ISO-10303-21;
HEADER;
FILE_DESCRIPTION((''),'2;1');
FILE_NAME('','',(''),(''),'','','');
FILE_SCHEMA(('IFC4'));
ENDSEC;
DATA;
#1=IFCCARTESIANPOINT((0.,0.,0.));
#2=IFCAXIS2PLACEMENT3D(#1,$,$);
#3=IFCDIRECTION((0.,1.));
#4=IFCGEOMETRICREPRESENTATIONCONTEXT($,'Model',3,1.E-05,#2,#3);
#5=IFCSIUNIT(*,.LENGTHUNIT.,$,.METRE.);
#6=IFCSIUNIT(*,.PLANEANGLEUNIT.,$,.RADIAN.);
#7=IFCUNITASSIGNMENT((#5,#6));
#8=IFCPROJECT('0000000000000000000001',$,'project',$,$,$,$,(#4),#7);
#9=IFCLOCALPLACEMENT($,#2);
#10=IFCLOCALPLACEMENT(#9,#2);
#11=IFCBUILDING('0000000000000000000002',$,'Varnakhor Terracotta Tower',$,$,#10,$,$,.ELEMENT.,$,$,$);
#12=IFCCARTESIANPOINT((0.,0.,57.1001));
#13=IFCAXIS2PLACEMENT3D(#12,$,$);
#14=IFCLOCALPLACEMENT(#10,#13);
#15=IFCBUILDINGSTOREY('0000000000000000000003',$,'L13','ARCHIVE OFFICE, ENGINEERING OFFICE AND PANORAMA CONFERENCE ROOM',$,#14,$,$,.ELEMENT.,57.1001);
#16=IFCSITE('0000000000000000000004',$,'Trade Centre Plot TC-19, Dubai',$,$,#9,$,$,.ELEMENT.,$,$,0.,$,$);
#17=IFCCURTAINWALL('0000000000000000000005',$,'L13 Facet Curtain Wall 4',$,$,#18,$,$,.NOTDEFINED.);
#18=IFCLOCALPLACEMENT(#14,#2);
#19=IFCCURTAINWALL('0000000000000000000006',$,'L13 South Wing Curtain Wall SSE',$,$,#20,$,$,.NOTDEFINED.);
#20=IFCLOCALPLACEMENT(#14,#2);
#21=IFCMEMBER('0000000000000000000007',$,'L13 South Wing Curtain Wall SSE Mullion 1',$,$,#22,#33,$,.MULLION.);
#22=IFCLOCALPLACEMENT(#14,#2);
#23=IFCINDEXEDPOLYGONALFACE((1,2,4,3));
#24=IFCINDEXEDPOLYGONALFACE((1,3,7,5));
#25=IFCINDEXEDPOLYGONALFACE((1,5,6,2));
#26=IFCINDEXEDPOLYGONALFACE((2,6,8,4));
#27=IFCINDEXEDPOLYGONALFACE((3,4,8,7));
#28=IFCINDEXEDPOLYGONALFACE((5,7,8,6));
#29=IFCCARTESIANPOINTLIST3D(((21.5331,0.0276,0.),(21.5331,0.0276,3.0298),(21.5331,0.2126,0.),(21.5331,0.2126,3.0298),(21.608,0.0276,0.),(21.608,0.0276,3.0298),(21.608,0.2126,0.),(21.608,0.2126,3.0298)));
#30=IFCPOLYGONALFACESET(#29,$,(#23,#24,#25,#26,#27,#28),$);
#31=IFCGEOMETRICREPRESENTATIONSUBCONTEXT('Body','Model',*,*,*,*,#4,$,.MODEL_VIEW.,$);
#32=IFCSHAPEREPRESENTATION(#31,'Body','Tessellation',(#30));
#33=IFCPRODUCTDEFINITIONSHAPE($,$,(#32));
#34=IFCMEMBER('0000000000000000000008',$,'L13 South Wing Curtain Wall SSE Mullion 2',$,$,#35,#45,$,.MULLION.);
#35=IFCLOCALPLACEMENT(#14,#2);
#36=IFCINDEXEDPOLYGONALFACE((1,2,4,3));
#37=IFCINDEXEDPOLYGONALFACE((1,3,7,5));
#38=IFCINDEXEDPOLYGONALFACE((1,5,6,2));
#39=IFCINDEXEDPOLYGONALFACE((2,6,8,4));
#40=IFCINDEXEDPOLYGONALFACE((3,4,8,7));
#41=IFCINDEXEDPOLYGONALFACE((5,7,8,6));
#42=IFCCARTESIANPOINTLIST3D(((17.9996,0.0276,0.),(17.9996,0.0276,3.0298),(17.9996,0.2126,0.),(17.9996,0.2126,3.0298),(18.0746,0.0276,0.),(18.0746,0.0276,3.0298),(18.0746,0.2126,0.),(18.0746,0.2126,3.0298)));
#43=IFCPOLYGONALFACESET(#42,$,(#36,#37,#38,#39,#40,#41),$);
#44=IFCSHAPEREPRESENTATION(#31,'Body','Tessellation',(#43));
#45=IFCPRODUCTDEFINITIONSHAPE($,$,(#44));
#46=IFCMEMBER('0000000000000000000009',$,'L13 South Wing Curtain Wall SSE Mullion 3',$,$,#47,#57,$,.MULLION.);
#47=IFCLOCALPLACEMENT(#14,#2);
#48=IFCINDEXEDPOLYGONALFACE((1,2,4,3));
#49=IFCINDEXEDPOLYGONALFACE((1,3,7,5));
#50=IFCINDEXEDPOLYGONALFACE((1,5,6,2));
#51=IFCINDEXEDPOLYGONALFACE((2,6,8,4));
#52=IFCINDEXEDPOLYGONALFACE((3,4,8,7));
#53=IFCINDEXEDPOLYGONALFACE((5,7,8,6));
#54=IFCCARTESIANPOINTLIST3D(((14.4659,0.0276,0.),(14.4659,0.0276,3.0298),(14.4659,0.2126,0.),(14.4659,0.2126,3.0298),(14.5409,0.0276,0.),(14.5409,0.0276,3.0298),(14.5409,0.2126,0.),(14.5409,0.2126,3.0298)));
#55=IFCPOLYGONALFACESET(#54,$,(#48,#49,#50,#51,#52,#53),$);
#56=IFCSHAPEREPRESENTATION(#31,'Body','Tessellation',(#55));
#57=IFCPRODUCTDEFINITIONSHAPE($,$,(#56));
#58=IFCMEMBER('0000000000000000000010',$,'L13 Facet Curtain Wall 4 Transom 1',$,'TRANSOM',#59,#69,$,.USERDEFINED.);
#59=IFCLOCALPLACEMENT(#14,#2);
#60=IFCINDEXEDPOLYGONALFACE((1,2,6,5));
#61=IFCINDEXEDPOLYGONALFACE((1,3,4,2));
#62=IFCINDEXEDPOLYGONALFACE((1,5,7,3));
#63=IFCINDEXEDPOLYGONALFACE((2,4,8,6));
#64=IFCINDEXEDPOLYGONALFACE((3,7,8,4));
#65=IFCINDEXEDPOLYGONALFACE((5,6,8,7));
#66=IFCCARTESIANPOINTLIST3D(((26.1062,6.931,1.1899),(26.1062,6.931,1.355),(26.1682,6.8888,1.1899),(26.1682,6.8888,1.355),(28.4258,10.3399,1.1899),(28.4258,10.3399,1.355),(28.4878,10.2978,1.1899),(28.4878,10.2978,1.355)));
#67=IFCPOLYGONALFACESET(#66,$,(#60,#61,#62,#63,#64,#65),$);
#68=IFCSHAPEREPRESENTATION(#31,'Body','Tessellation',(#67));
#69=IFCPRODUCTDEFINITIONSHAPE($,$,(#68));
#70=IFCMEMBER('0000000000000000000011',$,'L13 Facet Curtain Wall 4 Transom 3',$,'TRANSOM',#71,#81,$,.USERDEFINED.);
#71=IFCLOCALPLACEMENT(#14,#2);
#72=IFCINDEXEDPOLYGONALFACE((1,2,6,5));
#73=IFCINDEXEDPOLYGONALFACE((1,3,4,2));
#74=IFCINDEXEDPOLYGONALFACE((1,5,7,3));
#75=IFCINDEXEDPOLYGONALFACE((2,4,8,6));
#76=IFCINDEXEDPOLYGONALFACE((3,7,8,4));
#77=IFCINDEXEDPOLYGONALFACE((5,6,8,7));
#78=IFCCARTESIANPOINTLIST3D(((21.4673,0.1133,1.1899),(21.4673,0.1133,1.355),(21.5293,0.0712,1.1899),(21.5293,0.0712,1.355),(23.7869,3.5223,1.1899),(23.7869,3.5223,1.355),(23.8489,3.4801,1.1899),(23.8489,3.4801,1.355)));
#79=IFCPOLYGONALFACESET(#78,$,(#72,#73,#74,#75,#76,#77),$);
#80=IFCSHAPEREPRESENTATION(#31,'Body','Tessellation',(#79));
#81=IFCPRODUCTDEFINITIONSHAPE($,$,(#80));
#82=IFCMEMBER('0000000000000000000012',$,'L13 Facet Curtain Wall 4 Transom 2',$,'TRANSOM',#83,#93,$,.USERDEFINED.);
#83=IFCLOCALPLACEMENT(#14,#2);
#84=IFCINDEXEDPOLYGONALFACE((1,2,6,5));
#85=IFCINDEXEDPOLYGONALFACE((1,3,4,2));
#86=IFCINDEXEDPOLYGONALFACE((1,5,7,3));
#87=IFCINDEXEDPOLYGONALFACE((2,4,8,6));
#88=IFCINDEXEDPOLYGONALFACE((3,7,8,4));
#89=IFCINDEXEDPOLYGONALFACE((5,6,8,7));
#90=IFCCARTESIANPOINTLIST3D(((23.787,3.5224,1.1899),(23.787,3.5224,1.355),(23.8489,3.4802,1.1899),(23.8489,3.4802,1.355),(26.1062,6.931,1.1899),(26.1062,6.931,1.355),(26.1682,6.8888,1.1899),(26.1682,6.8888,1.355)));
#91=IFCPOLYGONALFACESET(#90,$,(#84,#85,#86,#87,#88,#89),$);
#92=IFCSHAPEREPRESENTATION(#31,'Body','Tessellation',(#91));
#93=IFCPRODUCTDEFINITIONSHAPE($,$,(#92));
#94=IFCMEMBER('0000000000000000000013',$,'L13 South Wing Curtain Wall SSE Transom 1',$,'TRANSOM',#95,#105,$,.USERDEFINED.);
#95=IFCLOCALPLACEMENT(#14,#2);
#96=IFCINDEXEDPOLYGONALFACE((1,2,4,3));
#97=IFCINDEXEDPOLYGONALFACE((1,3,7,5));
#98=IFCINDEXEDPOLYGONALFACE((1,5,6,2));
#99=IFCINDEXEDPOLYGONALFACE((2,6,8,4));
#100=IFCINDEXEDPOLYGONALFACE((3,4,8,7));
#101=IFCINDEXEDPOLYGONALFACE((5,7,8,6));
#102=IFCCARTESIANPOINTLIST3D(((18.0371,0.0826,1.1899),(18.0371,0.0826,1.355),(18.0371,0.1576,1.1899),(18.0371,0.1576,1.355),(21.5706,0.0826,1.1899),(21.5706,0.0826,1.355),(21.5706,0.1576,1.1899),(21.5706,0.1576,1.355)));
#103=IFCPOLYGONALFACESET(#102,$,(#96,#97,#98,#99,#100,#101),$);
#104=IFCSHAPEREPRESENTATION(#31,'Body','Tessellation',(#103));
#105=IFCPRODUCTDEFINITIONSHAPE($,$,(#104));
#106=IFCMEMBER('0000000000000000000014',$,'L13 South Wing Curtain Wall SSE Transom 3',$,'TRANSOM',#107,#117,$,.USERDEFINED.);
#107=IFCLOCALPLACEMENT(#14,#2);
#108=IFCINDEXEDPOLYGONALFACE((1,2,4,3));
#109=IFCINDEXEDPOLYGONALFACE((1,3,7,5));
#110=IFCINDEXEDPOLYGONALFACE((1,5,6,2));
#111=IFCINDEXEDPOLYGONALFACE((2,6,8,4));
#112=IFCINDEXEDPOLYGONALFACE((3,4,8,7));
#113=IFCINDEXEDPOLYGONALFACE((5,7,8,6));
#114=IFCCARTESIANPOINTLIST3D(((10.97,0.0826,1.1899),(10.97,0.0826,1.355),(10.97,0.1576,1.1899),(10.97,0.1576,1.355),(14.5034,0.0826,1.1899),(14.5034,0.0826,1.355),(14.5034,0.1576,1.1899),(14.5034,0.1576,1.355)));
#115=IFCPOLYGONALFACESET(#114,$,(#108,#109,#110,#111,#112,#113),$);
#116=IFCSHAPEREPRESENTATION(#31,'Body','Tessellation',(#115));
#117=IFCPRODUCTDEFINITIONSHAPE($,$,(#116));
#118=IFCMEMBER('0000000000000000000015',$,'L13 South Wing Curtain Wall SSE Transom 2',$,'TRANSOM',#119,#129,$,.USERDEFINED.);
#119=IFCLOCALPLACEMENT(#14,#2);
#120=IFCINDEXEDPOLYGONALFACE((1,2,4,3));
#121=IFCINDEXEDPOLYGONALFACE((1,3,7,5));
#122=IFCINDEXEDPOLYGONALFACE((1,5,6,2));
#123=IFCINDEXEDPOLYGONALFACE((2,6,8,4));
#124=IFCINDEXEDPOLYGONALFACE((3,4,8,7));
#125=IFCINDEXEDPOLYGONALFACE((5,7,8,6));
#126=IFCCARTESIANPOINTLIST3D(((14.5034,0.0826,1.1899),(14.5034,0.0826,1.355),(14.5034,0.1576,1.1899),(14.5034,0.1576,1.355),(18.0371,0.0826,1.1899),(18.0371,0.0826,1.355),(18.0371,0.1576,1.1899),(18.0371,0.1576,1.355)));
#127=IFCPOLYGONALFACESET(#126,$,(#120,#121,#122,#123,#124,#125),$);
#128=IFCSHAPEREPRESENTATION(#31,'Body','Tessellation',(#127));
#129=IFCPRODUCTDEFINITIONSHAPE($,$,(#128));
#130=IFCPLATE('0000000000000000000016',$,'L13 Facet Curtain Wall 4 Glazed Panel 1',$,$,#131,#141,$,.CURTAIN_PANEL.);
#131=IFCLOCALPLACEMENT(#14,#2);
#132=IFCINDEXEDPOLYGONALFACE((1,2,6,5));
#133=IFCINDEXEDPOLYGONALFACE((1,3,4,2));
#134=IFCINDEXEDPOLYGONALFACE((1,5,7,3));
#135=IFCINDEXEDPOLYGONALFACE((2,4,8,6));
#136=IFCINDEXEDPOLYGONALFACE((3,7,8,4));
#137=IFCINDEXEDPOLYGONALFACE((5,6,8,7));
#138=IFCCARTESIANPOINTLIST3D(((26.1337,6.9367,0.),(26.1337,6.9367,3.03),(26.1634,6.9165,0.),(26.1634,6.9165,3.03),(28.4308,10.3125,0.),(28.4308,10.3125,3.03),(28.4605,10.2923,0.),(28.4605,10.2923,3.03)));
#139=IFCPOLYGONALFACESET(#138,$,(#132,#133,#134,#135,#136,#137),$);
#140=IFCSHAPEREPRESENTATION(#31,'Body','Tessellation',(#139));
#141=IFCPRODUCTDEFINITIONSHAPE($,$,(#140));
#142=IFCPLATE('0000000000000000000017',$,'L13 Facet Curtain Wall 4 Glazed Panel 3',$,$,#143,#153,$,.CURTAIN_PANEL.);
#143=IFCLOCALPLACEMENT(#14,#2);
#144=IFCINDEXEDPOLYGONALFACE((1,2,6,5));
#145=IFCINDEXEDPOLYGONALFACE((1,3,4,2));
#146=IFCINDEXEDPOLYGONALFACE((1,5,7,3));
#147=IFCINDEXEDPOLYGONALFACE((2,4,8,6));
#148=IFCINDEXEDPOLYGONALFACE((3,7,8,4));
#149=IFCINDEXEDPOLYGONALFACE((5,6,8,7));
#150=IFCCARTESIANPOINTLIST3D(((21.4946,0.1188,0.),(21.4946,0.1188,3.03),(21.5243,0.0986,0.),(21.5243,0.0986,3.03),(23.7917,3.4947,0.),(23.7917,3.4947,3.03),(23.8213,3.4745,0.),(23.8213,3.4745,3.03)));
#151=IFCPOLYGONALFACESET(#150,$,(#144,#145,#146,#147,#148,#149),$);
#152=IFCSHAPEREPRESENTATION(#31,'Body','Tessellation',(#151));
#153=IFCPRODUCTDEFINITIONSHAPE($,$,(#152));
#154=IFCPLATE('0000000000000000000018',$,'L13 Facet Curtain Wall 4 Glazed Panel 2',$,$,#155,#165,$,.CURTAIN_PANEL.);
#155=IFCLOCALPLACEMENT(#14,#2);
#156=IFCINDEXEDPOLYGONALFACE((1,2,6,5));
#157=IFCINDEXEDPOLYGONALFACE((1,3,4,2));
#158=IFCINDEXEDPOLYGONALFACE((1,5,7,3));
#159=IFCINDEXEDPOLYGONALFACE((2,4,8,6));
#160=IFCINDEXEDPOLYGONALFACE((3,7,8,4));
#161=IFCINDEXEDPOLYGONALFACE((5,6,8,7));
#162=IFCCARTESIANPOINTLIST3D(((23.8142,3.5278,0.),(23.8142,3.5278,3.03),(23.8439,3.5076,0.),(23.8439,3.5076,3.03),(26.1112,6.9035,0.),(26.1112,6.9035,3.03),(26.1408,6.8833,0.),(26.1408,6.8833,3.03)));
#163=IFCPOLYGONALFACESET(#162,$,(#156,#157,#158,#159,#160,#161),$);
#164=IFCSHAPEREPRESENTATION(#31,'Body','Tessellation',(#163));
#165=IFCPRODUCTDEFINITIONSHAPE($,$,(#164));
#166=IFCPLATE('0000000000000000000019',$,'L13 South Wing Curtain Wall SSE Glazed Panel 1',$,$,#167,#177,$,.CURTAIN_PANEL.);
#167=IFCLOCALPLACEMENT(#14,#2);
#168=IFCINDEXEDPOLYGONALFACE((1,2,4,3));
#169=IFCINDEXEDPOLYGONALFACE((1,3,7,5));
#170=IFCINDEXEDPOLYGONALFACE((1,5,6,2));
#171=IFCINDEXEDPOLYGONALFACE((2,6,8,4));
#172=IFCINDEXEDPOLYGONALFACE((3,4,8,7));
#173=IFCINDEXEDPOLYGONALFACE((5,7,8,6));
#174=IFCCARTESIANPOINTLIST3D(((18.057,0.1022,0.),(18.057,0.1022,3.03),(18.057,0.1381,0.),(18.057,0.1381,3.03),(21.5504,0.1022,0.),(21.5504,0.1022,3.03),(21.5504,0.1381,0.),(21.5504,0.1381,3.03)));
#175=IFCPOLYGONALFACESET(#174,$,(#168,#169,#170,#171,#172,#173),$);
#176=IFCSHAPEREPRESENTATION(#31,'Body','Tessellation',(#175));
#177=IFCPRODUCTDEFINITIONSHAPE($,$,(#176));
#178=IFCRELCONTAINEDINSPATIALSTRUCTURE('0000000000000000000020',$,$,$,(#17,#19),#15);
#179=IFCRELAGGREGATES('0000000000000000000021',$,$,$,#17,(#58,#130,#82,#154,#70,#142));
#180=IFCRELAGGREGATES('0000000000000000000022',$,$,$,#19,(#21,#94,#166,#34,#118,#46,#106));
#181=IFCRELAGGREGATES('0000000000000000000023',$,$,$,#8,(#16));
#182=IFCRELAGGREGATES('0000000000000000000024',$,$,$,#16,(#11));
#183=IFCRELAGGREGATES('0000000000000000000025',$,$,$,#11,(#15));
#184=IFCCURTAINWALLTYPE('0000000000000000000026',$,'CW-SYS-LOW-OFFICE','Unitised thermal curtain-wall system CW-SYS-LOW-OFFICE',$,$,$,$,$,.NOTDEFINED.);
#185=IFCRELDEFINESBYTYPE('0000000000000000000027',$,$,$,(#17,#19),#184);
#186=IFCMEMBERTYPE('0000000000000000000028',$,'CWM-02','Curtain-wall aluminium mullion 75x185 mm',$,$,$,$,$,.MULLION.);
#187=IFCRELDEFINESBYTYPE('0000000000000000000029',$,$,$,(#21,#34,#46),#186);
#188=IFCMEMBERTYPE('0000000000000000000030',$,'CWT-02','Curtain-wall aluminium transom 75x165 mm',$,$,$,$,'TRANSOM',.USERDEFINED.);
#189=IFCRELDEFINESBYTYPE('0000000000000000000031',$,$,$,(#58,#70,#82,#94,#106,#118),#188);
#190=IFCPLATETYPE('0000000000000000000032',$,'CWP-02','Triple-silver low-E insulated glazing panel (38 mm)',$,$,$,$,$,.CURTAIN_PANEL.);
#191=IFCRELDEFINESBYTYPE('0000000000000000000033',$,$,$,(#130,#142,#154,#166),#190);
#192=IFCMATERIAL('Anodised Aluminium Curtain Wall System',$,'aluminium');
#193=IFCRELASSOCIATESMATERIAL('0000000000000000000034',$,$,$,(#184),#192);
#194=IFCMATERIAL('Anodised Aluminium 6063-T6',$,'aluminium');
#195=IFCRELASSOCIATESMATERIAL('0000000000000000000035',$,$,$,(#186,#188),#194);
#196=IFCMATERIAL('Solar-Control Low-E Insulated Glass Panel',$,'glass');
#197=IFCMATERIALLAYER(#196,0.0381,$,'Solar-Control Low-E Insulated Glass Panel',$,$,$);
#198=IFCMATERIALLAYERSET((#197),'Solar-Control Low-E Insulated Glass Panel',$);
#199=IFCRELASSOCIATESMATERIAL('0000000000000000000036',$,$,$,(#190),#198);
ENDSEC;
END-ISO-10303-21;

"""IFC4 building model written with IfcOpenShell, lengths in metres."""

from ifc_helpers import new_model, si_unit, direction, frame, origin, origin_2d, place, context, subcontext, project, spatial, rectangle, extrude, source, transform, mapped, material, layer, layer_set, material_profile, profile_set, type_object, element, aggregate, save


model = new_model("IFC4")

# Units and contexts
model_context = context("Model", 3, precision=1e-05, world=origin(), true_north=direction((0.0, 1.0)))
body_context = subcontext(model_context, "Body", "Model", "MODEL_VIEW")
ifc_project = project(units=[si_unit("LENGTHUNIT", "METRE"), si_unit("PLANEANGLEUNIT", "RADIAN")], contexts=[model_context])

# Site, building, storey
site_placement = place(None, origin())
site = spatial("IfcSite", under=ifc_project, at=site_placement, Name="Trade Centre Plot TC-19, Dubai", CompositionType="ELEMENT", RefElevation=0.0)
building_placement = place(site_placement, origin())
building = spatial("IfcBuilding", under=site, at=building_placement, Name="Varnakhor Terracotta Tower", CompositionType="ELEMENT")
storey_placement = place(building_placement, frame((0.0, 0.0, 57.1001)))
storey = spatial("IfcBuildingStorey", under=building, at=storey_placement, Name="L13", Description="ARCHIVE OFFICE, ENGINEERING OFFICE AND PANORAMA CONFERENCE ROOM", CompositionType="ELEMENT", Elevation=57.1001)

# Curtain walls, members
ifc_material_1 = material(Name="Anodised Aluminium Curtain Wall System", Category="aluminium")
curtain_wall_type = type_object("IfcCurtainWallType", Name="CW-SYS-LOW-OFFICE", Description="Unitised thermal curtain-wall system CW-SYS-LOW-OFFICE", PredefinedType="NOTDEFINED", material=ifc_material_1)
curtain_wall_1_placement = place(storey_placement, origin())
curtain_wall_1 = element("IfcCurtainWall", 1, at=curtain_wall_1_placement, inside=storey, type_object=curtain_wall_type, Name="L13 Facet Curtain Wall 4", PredefinedType="NOTDEFINED")
ifc_material_2 = material(Name="Anodised Aluminium 6063-T6", Category="aluminium")
ifc_material_profile_1 = material_profile(ifc_material_2, rectangle(XDim=0.075, YDim=0.1851, at=origin_2d()), Name="ALU MULLION 75x185")
ifc_profile_set_1 = profile_set([ifc_material_profile_1], Name="Anodised Aluminium 6063-T6")
member_type_1 = type_object("IfcMemberType", Name="CWM-02", Description="Curtain-wall aluminium mullion 75x185 mm", PredefinedType="MULLION", material=ifc_profile_set_1)
shared_shape_1 = source(origin(), body_context, "Body", "SweptSolid", [
    extrude(rectangle(XDim=0.075, YDim=0.1851, at=origin_2d()), origin(), (0.0, 0.0, 1.0), 3.0298),
])
curtain_wall_2_placement = place(storey_placement, origin())
curtain_wall_2 = element("IfcCurtainWall", 2, at=curtain_wall_2_placement, inside=storey, type_object=curtain_wall_type, Name="L13 South Wing Curtain Wall SSE", PredefinedType="NOTDEFINED")
member_1_placement = place(storey_placement, frame((21.5706, 0.1201, 0.0), z_axis=(0.0, 0.0, 1.0), x_axis=(1.0, 0.0, 0.0)))
member_1 = element("IfcMember", 3, at=member_1_placement, type_object=member_type_1, Name="L13 South Wing Curtain Wall SSE Mullion 1", PredefinedType="MULLION", context=body_context, shape_type="MappedRepresentation", body=[
    mapped(shared_shape_1, transform((0.0, 0.0, 0.0), scale=1.0)),
])
member_2_placement = place(storey_placement, frame((18.0371, 0.1201, 0.0), z_axis=(0.0, 0.0, 1.0), x_axis=(1.0, 0.0, 0.0)))
member_2 = element("IfcMember", 4, at=member_2_placement, type_object=member_type_1, Name="L13 South Wing Curtain Wall SSE Mullion 2", PredefinedType="MULLION", context=body_context, shape_type="MappedRepresentation", body=[
    mapped(shared_shape_1, transform((0.0, 0.0, 0.0), scale=1.0)),
])
member_3_placement = place(storey_placement, frame((14.5034, 0.1201, 0.0), z_axis=(0.0, 0.0, 1.0), x_axis=(1.0, 0.0, 0.0)))
member_3 = element("IfcMember", 5, at=member_3_placement, type_object=member_type_1, Name="L13 South Wing Curtain Wall SSE Mullion 3", PredefinedType="MULLION", context=body_context, shape_type="MappedRepresentation", body=[
    mapped(shared_shape_1, transform((0.0, 0.0, 0.0), scale=1.0)),
])

# Members
ifc_material_profile_2 = material_profile(ifc_material_2, rectangle(XDim=0.075, YDim=0.165, at=origin_2d()), Name="ALU TRANSOM 75x165")
ifc_profile_set_2 = profile_set([ifc_material_profile_2], Name="Anodised Aluminium 6063-T6")
member_type_2 = type_object("IfcMemberType", Name="CWT-02", Description="Curtain-wall aluminium transom 75x165 mm", ElementType="TRANSOM", PredefinedType="USERDEFINED", material=ifc_profile_set_2)
shared_shape_2 = source(origin(), body_context, "Body", "SweptSolid", [
    extrude(rectangle(XDim=0.075, YDim=0.165, at=origin_2d()), origin(), (0.0, 0.0, 1.0), 4.1233),
])
member_4_placement = place(storey_placement, frame((28.4568, 10.3188, 1.2725), z_axis=(-0.562559, -0.826757, 0.0), x_axis=(0.826757, -0.562559, 0.0)))
member_4 = element("IfcMember", 6, at=member_4_placement, type_object=member_type_2, Name="L13 Facet Curtain Wall 4 Transom 1", ObjectType="TRANSOM", PredefinedType="USERDEFINED", context=body_context, shape_type="MappedRepresentation", body=[
    mapped(shared_shape_2, transform((0.0, 0.0, 0.0), scale=1.0)),
])
member_5_placement = place(storey_placement, frame((23.8179, 3.5012, 1.2725), z_axis=(-0.562559, -0.826757, 0.0), x_axis=(0.826757, -0.562559, 0.0)))
member_5 = element("IfcMember", 7, at=member_5_placement, type_object=member_type_2, Name="L13 Facet Curtain Wall 4 Transom 3", ObjectType="TRANSOM", PredefinedType="USERDEFINED", context=body_context, shape_type="MappedRepresentation", body=[
    mapped(shared_shape_2, transform((0.0, 0.0, 0.0), scale=1.0)),
])
shared_shape_3 = source(origin(), body_context, "Body", "SweptSolid", [
    extrude(rectangle(XDim=0.075, YDim=0.165, at=origin_2d()), origin(), (0.0, 0.0, 1.0), 4.1228),
])
member_6_placement = place(storey_placement, frame((26.1372, 6.9099, 1.2725), z_axis=(-0.562546, -0.826766, 0.0), x_axis=(0.826766, -0.562546, 0.0)))
member_6 = element("IfcMember", 8, at=member_6_placement, type_object=member_type_2, Name="L13 Facet Curtain Wall 4 Transom 2", ObjectType="TRANSOM", PredefinedType="USERDEFINED", context=body_context, shape_type="MappedRepresentation", body=[
    mapped(shared_shape_3, transform((0.0, 0.0, 0.0), scale=1.0)),
])
shared_shape_4 = source(origin(), body_context, "Body", "SweptSolid", [
    extrude(rectangle(XDim=0.075, YDim=0.165, at=origin_2d()), origin(), (0.0, 0.0, 1.0), 3.5334),
])
member_7_placement = place(storey_placement, frame((21.5706, 0.1201, 1.2725), z_axis=(-1.0, 0.0, 0.0), x_axis=(0.0, -1.0, 0.0)))
member_7 = element("IfcMember", 9, at=member_7_placement, type_object=member_type_2, Name="L13 South Wing Curtain Wall SSE Transom 1", ObjectType="TRANSOM", PredefinedType="USERDEFINED", context=body_context, shape_type="MappedRepresentation", body=[
    mapped(shared_shape_4, transform((0.0, 0.0, 0.0), scale=1.0)),
])
member_8_placement = place(storey_placement, frame((14.5034, 0.1201, 1.2725), z_axis=(-1.0, 0.0, 0.0), x_axis=(0.0, -1.0, 0.0)))
member_8 = element("IfcMember", 10, at=member_8_placement, type_object=member_type_2, Name="L13 South Wing Curtain Wall SSE Transom 3", ObjectType="TRANSOM", PredefinedType="USERDEFINED", context=body_context, shape_type="MappedRepresentation", body=[
    mapped(shared_shape_4, transform((0.0, 0.0, 0.0), scale=1.0)),
])
shared_shape_5 = source(origin(), body_context, "Body", "SweptSolid", [
    extrude(rectangle(XDim=0.075, YDim=0.165, at=origin_2d()), origin(), (0.0, 0.0, 1.0), 3.5337),
])
member_9_placement = place(storey_placement, frame((18.0371, 0.1201, 1.2725), z_axis=(-1.0, 0.0, 0.0), x_axis=(0.0, -1.0, 0.0)))
member_9 = element("IfcMember", 11, at=member_9_placement, type_object=member_type_2, Name="L13 South Wing Curtain Wall SSE Transom 2", ObjectType="TRANSOM", PredefinedType="USERDEFINED", context=body_context, shape_type="MappedRepresentation", body=[
    mapped(shared_shape_5, transform((0.0, 0.0, 0.0), scale=1.0)),
])

# Plates
ifc_material_3 = material(Name="Solar-Control Low-E Insulated Glass Panel", Category="glass")
ifc_layer_1 = layer(ifc_material_3, 0.0381, Name="Solar-Control Low-E Insulated Glass Panel")
ifc_layer_set_1 = layer_set([ifc_layer_1], Name="Solar-Control Low-E Insulated Glass Panel")
plate_type = type_object("IfcPlateType", Name="CWP-02", Description="Triple-silver low-E insulated glazing panel (38 mm)", PredefinedType="CURTAIN_PANEL", material=ifc_layer_set_1)
shared_shape_6 = source(origin(), body_context, "Body", "SweptSolid", [
    extrude(rectangle(XDim=4.0833, YDim=0.0359, at=origin_2d()), origin(), (0.0, 0.0, 1.0), 3.03),
])
plate_1_placement = place(storey_placement, frame((27.2971, 8.6145, 0.0), z_axis=(0.0, 0.0, 1.0), x_axis=(-0.56256, -0.826757, 0.0)))
plate_1 = element("IfcPlate", 12, at=plate_1_placement, type_object=plate_type, Name="L13 Facet Curtain Wall 4 Glazed Panel 1", PredefinedType="CURTAIN_PANEL", context=body_context, shape_type="MappedRepresentation", body=[
    mapped(shared_shape_6, transform((0.0, 0.0, 0.0), scale=1.0)),
])
plate_2_placement = place(storey_placement, frame((22.658, 1.7966, 0.0), z_axis=(0.0, 0.0, 1.0), x_axis=(-0.56256, -0.826757, 0.0)))
plate_2 = element("IfcPlate", 13, at=plate_2_placement, type_object=plate_type, Name="L13 Facet Curtain Wall 4 Glazed Panel 3", PredefinedType="CURTAIN_PANEL", context=body_context, shape_type="MappedRepresentation", body=[
    mapped(shared_shape_6, transform((0.0, 0.0, 0.0), scale=1.0)),
])
shared_shape_7 = source(origin(), body_context, "Body", "SweptSolid", [
    extrude(rectangle(XDim=4.083, YDim=0.0359, at=origin_2d()), origin(), (0.0, 0.0, 1.0), 3.03),
])
plate_3_placement = place(storey_placement, frame((24.9775, 5.2056, 0.0), z_axis=(0.0, 0.0, 1.0), x_axis=(-0.56256, -0.826757, 0.0)))
plate_3 = element("IfcPlate", 14, at=plate_3_placement, type_object=plate_type, Name="L13 Facet Curtain Wall 4 Glazed Panel 2", PredefinedType="CURTAIN_PANEL", context=body_context, shape_type="MappedRepresentation", body=[
    mapped(shared_shape_7, transform((0.0, 0.0, 0.0), scale=1.0)),
])
aggregate(curtain_wall_1, [member_4, plate_1, member_6, plate_3, member_5, plate_2])
shared_shape_8 = source(origin(), body_context, "Body", "SweptSolid", [
    extrude(rectangle(XDim=3.4934, YDim=0.0359, at=origin_2d()), origin(), (0.0, 0.0, 1.0), 3.03),
])
plate_4_placement = place(storey_placement, frame((19.8037, 0.1201, 0.0), z_axis=(0.0, 0.0, 1.0), x_axis=(-1.0, 0.0, 0.0)))
plate_4 = element("IfcPlate", 15, at=plate_4_placement, type_object=plate_type, Name="L13 South Wing Curtain Wall SSE Glazed Panel 1", PredefinedType="CURTAIN_PANEL", context=body_context, shape_type="MappedRepresentation", body=[
    mapped(shared_shape_8, transform((0.0, 0.0, 0.0), scale=1.0)),
])
aggregate(curtain_wall_2, [member_1, member_7, plate_4, member_2, member_9, member_3, member_8])

save(model, "model.ifc")
